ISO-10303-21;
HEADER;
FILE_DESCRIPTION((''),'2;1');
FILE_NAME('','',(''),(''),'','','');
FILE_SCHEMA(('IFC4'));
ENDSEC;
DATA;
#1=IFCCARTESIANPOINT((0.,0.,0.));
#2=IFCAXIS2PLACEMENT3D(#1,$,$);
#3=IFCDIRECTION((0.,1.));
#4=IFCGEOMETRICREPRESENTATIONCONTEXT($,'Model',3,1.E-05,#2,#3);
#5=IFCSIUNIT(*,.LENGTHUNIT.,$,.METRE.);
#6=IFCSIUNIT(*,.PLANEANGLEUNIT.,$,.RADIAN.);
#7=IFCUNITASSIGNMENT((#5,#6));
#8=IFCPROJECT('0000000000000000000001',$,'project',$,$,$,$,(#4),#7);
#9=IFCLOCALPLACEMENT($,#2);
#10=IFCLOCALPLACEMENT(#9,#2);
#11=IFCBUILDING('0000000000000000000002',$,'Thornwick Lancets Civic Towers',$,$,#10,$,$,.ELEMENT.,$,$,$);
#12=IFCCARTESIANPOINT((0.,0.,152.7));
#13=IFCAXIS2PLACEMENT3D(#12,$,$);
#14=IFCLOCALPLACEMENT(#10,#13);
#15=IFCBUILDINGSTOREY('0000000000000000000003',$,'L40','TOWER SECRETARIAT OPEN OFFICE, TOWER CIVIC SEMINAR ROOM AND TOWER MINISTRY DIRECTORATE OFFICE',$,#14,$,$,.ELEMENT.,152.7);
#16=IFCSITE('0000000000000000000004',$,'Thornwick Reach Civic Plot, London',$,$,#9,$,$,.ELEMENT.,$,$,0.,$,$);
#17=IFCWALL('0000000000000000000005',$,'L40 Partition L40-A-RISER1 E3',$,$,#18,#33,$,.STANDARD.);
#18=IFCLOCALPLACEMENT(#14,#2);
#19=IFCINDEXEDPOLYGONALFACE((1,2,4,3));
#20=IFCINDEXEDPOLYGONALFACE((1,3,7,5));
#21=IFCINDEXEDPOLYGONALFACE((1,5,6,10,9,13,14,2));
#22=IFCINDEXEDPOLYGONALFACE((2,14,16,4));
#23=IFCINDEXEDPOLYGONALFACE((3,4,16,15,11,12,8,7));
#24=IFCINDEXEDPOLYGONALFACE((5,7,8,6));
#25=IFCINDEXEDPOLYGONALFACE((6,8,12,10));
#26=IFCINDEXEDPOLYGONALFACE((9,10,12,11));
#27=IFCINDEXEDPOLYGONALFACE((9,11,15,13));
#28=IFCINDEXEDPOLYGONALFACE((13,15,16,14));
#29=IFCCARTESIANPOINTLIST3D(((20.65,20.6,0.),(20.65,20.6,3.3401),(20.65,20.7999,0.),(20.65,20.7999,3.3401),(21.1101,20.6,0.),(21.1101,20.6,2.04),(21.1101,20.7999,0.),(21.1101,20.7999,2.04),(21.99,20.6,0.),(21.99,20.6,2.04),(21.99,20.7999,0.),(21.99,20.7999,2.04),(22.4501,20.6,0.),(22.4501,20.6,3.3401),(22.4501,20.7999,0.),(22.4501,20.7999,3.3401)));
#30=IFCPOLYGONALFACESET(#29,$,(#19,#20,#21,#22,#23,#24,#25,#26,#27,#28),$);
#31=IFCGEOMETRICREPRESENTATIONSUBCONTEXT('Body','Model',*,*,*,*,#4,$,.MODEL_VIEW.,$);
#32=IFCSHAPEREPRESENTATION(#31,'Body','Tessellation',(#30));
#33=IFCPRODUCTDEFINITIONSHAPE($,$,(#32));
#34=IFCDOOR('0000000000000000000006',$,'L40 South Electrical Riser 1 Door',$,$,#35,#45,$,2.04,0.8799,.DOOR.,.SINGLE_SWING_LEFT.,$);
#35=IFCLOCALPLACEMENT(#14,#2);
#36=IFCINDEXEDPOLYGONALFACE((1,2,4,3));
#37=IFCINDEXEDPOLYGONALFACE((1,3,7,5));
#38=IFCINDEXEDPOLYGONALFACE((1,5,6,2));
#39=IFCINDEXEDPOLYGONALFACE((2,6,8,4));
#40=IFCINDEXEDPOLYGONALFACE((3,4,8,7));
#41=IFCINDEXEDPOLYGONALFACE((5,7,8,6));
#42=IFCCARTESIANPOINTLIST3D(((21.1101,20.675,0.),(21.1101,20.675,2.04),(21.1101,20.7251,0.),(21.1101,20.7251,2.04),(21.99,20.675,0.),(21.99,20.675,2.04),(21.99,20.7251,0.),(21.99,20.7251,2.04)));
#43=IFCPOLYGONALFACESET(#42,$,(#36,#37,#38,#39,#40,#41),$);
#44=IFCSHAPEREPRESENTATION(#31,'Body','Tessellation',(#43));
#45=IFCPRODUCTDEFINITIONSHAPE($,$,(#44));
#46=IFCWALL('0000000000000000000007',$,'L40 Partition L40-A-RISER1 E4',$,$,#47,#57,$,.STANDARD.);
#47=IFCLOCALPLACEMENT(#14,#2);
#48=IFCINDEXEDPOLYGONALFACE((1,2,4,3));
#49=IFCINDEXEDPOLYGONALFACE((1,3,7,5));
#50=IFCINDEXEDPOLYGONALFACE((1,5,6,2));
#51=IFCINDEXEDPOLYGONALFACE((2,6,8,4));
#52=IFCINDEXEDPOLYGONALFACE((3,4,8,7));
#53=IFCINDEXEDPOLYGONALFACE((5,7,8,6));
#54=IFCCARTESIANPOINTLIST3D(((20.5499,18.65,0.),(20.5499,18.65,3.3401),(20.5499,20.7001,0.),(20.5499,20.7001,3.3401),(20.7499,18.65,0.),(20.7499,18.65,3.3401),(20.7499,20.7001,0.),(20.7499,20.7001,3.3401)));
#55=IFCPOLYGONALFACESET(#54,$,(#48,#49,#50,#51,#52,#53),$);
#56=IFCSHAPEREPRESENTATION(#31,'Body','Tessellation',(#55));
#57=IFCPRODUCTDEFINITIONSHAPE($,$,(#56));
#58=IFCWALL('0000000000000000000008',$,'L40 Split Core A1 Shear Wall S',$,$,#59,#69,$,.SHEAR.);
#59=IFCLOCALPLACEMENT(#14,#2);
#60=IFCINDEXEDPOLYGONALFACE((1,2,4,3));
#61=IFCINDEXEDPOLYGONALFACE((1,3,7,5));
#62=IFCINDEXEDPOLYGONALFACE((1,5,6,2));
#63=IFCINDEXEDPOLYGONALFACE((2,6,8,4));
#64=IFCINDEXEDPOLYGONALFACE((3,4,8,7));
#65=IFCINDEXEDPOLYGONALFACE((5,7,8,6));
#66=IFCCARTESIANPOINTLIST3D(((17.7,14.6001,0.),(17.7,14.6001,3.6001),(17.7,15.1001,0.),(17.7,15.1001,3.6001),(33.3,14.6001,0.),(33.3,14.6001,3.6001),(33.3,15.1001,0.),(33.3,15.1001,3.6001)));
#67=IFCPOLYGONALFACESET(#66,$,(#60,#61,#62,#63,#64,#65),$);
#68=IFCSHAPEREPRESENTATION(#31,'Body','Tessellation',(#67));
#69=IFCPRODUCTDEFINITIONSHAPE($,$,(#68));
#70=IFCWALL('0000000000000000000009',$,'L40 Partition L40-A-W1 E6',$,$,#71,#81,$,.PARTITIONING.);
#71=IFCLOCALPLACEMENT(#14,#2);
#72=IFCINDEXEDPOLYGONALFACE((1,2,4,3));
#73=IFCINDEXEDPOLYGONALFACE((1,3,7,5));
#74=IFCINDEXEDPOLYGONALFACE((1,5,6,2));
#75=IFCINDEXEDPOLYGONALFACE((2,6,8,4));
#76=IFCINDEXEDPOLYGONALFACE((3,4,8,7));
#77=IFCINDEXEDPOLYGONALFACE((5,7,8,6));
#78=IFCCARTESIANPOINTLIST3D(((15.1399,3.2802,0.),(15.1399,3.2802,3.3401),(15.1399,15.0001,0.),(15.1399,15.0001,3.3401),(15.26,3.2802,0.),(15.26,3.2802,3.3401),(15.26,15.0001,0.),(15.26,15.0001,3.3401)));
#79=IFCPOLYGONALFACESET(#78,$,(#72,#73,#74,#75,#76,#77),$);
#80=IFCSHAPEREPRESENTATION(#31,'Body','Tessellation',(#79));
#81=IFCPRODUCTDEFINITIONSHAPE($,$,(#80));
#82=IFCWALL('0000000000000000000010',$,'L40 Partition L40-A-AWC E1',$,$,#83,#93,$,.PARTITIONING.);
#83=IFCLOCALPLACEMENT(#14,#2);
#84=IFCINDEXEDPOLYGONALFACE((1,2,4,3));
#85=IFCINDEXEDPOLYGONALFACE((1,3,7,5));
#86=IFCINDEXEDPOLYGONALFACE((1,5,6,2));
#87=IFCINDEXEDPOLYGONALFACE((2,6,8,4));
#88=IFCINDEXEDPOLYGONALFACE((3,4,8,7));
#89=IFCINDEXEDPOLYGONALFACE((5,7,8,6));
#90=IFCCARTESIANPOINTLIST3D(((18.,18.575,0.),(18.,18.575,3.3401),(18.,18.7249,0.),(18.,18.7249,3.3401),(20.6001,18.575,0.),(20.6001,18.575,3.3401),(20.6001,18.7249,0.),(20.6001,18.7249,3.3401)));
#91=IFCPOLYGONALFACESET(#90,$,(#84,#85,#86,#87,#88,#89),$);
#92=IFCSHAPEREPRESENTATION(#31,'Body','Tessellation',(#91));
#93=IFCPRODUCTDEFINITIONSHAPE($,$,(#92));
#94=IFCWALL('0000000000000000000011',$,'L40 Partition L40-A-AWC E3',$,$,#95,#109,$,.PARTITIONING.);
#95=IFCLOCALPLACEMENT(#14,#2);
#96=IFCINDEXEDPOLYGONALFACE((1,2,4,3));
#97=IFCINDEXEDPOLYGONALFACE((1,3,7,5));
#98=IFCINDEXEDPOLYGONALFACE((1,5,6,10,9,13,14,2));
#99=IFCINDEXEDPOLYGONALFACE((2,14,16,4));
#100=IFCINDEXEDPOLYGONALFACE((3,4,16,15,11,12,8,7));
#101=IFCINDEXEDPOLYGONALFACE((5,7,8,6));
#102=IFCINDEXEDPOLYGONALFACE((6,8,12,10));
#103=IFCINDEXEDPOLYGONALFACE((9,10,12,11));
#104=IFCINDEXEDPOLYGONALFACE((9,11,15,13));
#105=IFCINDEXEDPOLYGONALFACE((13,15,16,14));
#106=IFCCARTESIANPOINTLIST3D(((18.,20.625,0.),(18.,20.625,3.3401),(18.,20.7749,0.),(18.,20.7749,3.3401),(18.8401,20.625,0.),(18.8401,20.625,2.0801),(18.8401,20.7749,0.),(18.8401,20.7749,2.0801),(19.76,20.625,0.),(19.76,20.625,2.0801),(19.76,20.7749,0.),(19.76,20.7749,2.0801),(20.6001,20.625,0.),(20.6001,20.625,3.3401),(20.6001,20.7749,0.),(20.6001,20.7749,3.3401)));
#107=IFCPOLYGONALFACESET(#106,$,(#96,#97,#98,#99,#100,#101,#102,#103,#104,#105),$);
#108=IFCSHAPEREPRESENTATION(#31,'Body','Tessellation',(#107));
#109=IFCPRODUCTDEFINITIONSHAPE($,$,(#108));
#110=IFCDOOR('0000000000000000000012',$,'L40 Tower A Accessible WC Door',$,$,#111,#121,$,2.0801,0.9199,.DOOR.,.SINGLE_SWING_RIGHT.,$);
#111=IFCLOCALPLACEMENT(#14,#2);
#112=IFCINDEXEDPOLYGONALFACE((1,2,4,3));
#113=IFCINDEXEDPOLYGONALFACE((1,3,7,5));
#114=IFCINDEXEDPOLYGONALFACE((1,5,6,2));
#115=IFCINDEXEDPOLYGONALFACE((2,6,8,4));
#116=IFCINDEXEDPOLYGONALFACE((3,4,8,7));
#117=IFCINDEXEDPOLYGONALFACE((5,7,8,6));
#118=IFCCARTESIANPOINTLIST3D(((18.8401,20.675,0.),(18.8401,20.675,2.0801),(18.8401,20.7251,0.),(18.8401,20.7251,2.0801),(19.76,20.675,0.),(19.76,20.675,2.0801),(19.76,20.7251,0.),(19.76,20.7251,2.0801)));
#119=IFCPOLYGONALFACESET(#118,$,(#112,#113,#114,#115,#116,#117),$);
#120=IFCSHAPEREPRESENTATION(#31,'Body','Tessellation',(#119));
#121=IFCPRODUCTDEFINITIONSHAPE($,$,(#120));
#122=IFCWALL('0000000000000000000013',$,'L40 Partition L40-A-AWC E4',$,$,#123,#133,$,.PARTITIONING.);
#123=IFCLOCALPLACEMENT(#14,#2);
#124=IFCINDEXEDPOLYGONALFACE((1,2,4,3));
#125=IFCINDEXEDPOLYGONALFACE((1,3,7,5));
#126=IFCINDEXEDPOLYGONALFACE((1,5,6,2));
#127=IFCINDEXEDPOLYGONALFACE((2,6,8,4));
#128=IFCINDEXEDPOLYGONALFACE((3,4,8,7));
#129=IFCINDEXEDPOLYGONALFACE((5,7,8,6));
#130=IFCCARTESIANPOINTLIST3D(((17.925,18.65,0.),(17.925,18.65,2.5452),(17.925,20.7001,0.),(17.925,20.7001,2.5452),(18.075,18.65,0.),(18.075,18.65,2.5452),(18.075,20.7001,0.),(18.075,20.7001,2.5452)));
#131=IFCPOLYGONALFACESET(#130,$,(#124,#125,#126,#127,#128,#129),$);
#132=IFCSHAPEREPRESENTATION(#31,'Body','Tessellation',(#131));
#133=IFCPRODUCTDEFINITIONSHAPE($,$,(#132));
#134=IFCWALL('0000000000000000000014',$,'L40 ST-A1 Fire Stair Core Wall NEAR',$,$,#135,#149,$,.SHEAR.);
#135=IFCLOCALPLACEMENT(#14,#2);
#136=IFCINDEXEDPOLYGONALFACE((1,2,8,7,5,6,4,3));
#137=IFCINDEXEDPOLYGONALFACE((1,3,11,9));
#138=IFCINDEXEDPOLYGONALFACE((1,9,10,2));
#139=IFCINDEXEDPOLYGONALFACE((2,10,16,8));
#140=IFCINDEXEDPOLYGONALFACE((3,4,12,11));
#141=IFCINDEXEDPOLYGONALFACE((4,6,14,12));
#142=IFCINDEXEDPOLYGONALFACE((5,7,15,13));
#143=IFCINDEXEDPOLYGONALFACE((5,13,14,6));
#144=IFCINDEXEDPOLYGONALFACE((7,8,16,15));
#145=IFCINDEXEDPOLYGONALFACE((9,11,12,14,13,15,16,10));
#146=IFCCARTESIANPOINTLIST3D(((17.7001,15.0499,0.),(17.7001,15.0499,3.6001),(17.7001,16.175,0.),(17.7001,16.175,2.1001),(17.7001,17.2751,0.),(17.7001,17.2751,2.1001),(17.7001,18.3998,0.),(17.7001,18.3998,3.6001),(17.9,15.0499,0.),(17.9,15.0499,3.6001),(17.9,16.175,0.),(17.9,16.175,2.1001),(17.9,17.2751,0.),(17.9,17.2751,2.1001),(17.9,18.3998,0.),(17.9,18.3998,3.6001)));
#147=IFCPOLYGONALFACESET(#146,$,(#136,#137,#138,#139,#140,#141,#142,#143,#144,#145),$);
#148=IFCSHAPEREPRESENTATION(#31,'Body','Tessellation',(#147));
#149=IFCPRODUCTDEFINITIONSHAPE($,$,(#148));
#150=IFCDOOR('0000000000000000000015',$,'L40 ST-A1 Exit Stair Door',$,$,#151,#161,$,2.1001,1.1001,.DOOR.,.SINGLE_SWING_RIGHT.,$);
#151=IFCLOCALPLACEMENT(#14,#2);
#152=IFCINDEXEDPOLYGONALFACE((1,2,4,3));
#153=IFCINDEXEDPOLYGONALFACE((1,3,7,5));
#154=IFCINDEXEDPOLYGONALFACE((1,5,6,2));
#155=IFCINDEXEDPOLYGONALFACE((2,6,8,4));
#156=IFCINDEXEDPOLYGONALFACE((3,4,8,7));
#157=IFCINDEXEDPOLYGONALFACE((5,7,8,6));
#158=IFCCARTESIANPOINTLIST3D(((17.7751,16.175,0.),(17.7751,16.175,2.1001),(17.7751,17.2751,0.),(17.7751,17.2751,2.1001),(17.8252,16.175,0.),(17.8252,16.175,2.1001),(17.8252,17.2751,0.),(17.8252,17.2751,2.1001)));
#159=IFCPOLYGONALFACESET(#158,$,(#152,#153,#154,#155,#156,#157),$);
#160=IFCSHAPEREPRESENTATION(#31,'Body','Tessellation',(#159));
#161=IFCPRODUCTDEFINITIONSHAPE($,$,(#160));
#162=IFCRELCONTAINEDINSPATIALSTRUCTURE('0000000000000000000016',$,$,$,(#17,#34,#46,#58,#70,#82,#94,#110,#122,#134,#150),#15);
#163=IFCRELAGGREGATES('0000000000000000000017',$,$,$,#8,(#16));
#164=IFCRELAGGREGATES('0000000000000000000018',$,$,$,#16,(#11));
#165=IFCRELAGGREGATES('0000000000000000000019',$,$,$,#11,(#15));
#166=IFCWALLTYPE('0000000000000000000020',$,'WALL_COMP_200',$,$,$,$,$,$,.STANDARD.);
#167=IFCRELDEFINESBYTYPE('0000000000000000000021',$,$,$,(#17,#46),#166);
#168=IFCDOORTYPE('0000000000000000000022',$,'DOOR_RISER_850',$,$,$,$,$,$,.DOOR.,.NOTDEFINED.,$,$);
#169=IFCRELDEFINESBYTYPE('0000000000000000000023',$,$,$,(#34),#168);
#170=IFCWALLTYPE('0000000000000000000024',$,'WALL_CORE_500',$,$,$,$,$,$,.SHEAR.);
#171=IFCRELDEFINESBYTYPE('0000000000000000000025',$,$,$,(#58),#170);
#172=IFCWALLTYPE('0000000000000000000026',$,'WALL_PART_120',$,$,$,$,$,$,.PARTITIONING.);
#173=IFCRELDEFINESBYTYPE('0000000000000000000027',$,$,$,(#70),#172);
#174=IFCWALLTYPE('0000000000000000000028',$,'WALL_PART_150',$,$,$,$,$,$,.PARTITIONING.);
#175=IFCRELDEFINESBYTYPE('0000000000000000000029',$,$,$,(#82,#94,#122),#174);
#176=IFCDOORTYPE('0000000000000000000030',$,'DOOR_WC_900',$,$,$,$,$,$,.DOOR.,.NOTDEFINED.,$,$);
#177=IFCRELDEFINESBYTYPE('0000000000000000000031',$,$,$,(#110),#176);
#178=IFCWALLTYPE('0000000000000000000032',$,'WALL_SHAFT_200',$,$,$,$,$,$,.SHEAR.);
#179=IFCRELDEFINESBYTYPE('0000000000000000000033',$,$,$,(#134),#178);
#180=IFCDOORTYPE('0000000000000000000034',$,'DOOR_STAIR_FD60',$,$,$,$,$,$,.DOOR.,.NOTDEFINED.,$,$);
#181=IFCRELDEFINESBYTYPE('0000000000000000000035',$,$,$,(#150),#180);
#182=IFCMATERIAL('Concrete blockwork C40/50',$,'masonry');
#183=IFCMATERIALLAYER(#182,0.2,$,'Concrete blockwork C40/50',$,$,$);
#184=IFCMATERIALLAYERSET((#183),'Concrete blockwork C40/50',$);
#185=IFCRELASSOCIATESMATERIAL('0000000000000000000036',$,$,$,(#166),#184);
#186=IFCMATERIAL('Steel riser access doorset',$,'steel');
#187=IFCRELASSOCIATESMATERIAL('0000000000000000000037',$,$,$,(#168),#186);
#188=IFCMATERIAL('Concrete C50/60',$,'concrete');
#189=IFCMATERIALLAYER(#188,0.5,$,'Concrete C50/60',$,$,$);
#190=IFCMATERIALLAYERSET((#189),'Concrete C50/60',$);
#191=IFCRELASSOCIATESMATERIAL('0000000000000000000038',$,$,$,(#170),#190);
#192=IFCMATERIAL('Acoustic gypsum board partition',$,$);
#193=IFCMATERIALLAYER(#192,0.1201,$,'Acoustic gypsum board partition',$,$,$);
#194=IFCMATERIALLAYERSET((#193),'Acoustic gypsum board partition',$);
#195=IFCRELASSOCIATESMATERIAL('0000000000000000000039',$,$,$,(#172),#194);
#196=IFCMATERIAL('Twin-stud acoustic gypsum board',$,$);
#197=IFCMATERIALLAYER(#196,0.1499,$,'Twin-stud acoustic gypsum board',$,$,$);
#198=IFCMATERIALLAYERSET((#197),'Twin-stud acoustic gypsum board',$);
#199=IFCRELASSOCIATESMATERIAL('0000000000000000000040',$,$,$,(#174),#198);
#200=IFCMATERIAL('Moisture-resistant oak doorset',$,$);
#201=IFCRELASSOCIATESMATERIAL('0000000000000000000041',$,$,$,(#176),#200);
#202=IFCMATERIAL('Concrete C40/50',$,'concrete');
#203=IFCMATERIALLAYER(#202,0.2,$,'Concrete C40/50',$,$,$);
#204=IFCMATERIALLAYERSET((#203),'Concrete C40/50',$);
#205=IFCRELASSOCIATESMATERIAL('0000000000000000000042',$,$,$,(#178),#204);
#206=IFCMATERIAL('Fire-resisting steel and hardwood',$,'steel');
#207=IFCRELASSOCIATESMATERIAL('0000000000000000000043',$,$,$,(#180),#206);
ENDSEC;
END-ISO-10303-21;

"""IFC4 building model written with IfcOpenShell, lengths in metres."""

from ifc_helpers import new_model, si_unit, direction, frame, frame_2d, origin, place, context, subcontext, project, spatial, rectangle, extrude, material, layer, layer_set, type_object, element, fill, save


model = new_model("IFC4")

# Units and contexts
model_context = context("Model", 3, precision=1e-05, world=origin(), true_north=direction((0.0, 1.0)))
body_context = subcontext(model_context, "Body", "Model", "MODEL_VIEW")
ifc_project = project(units=[si_unit("LENGTHUNIT", "METRE"), si_unit("PLANEANGLEUNIT", "RADIAN")], contexts=[model_context])

# Site, building, storey
site_placement = place(None, origin())
site = spatial("IfcSite", under=ifc_project, at=site_placement, Name="Thornwick Reach Civic Plot, London", CompositionType="ELEMENT", RefElevation=0.0)
building_placement = place(site_placement, origin())
building = spatial("IfcBuilding", under=site, at=building_placement, Name="Thornwick Lancets Civic Towers", CompositionType="ELEMENT")
storey_placement = place(building_placement, frame((0.0, 0.0, 152.7)))
storey = spatial("IfcBuildingStorey", under=building, at=storey_placement, Name="L40", Description="TOWER SECRETARIAT OPEN OFFICE, TOWER CIVIC SEMINAR ROOM AND TOWER MINISTRY DIRECTORATE OFFICE", CompositionType="ELEMENT", Elevation=152.7)

# Shared definitions
ifc_material_1 = material(Name="Concrete C50/60", Category="concrete")

# Shared definitions
ifc_material_2 = material(Name="Concrete C40/50", Category="concrete")

# Shared definitions
ifc_material_3 = material(Name="Concrete blockwork C40/50", Category="masonry")
ifc_layer_1 = layer(ifc_material_3, 0.2, Name="Concrete blockwork C40/50")
ifc_layer_set_1 = layer_set([ifc_layer_1], Name="Concrete blockwork C40/50")
wall_type_1 = type_object("IfcWallType", Name="WALL_COMP_200", PredefinedType="STANDARD", material=ifc_layer_set_1)

# Wall, opening, door
wall_1_placement = place(storey_placement, frame((22.45, 20.7, 0.0), z_axis=(0.0, 0.0, 1.0), x_axis=(-1.0, 0.0, 0.0)))
wall_1 = element("IfcWall", 1, at=wall_1_placement, inside=storey, type_object=wall_type_1, Name="L40 Partition L40-A-RISER1 E3", PredefinedType="STANDARD", context=body_context, shape_type="SweptSolid", body=[
    extrude(rectangle(XDim=1.8, YDim=0.2, at=frame_2d((0.8999, 0.0))), origin(), (0.0, 0.0, 1.0), 3.3401),
])
opening_1_placement = place(wall_1_placement, frame((0.46, 0.0, 0.0)))
opening_1 = element("IfcOpeningElement", 2, at=opening_1_placement, cuts=wall_1, PredefinedType="OPENING", context=body_context, shape_type="SweptSolid", body=[
    extrude(rectangle(XDim=0.8799, YDim=2.04, at=frame_2d((0.4399, 1.02))), frame((0.0, 0.1099, 0.0), z_axis=(0.0, -1.0, 0.0), x_axis=(1.0, 0.0, 0.0)), (0.0, 0.0, 1.0), 0.22),
])
ifc_material_4 = material(Name="Steel riser access doorset", Category="steel")
door_type_1 = type_object("IfcDoorType", Name="DOOR_RISER_850", OperationType="NOTDEFINED", PredefinedType="DOOR", material=ifc_material_4)
door_1_placement = place(opening_1_placement, origin())
door_1 = element("IfcDoor", 3, at=door_1_placement, inside=storey, type_object=door_type_1, Name="L40 South Electrical Riser 1 Door", OperationType="SINGLE_SWING_LEFT", OverallHeight=2.04, OverallWidth=0.8799, PredefinedType="DOOR", context=body_context, shape_type="SweptSolid", body=[
    extrude(rectangle(XDim=0.8799, YDim=2.04, at=frame_2d((0.4399, 1.02))), frame((0.0, 0.0249, 0.0), z_axis=(0.0, -1.0, 0.0), x_axis=(1.0, 0.0, 0.0)), (0.0, 0.0, 1.0), 0.05),
])
fill(opening_1, door_1)

# Walls
wall_2_placement = place(storey_placement, frame((20.6499, 20.7, 0.0), z_axis=(0.0, 0.0, 1.0), x_axis=(0.0, -1.0, 0.0)))
element("IfcWall", 4, at=wall_2_placement, inside=storey, type_object=wall_type_1, Name="L40 Partition L40-A-RISER1 E4", PredefinedType="STANDARD", context=body_context, shape_type="SweptSolid", body=[
    extrude(rectangle(XDim=2.05, YDim=0.2, at=frame_2d((1.0249, 0.0))), origin(), (0.0, 0.0, 1.0), 3.3401),
])
ifc_layer_2 = layer(ifc_material_1, 0.5, Name="Concrete C50/60")
ifc_layer_set_2 = layer_set([ifc_layer_2], Name="Concrete C50/60")
wall_type_2 = type_object("IfcWallType", Name="WALL_CORE_500", PredefinedType="SHEAR", material=ifc_layer_set_2)
wall_3_placement = place(storey_placement, frame((17.7, 14.8501, 0.0), z_axis=(0.0, 0.0, 1.0), x_axis=(1.0, 0.0, 0.0)))
element("IfcWall", 5, at=wall_3_placement, inside=storey, type_object=wall_type_2, Name="L40 Split Core A1 Shear Wall S", PredefinedType="SHEAR", context=body_context, shape_type="SweptSolid", body=[
    extrude(rectangle(XDim=15.6001, YDim=0.5, at=frame_2d((7.8, 0.0))), origin(), (0.0, 0.0, 1.0), 3.6001),
])
ifc_material_5 = material(Name="Acoustic gypsum board partition")
ifc_layer_3 = layer(ifc_material_5, 0.1201, Name="Acoustic gypsum board partition")
ifc_layer_set_3 = layer_set([ifc_layer_3], Name="Acoustic gypsum board partition")
wall_type_3 = type_object("IfcWallType", Name="WALL_PART_120", PredefinedType="PARTITIONING", material=ifc_layer_set_3)
wall_4_placement = place(storey_placement, frame((15.2, 15.0, 0.0), z_axis=(0.0, 0.0, 1.0), x_axis=(0.0, -1.0, 0.0)))
element("IfcWall", 6, at=wall_4_placement, inside=storey, type_object=wall_type_3, Name="L40 Partition L40-A-W1 E6", PredefinedType="PARTITIONING", context=body_context, shape_type="SweptSolid", body=[
    extrude(rectangle(XDim=11.72, YDim=0.1201, at=frame_2d((5.8599, 0.0))), origin(), (0.0, 0.0, 1.0), 3.3401),
])
ifc_material_6 = material(Name="Twin-stud acoustic gypsum board")
ifc_layer_4 = layer(ifc_material_6, 0.1499, Name="Twin-stud acoustic gypsum board")
ifc_layer_set_4 = layer_set([ifc_layer_4], Name="Twin-stud acoustic gypsum board")
wall_type_4 = type_object("IfcWallType", Name="WALL_PART_150", PredefinedType="PARTITIONING", material=ifc_layer_set_4)
wall_5_placement = place(storey_placement, frame((18.0, 18.6499, 0.0), z_axis=(0.0, 0.0, 1.0), x_axis=(1.0, 0.0, 0.0)))
element("IfcWall", 7, at=wall_5_placement, inside=storey, type_object=wall_type_4, Name="L40 Partition L40-A-AWC E1", PredefinedType="PARTITIONING", context=body_context, shape_type="SweptSolid", body=[
    extrude(rectangle(XDim=2.6001, YDim=0.1499, at=frame_2d((1.3, 0.0))), origin(), (0.0, 0.0, 1.0), 3.3401),
])

# Wall, opening, door
wall_6_placement = place(storey_placement, frame((20.6001, 20.7, 0.0), z_axis=(0.0, 0.0, 1.0), x_axis=(-1.0, 0.0, 0.0)))
wall_6 = element("IfcWall", 8, at=wall_6_placement, inside=storey, type_object=wall_type_4, Name="L40 Partition L40-A-AWC E3", PredefinedType="PARTITIONING", context=body_context, shape_type="SweptSolid", body=[
    extrude(rectangle(XDim=2.6001, YDim=0.1499, at=frame_2d((1.3, 0.0))), origin(), (0.0, 0.0, 1.0), 3.3401),
])
opening_2_placement = place(wall_6_placement, frame((0.8401, 0.0, 0.0)))
opening_2 = element("IfcOpeningElement", 9, at=opening_2_placement, cuts=wall_6, PredefinedType="OPENING", context=body_context, shape_type="SweptSolid", body=[
    extrude(rectangle(XDim=0.9199, YDim=2.0801, at=frame_2d((0.46, 1.04))), frame((0.0, 0.085, 0.0), z_axis=(0.0, -1.0, 0.0), x_axis=(1.0, 0.0, 0.0)), (0.0, 0.0, 1.0), 0.1699),
])
ifc_material_7 = material(Name="Moisture-resistant oak doorset")
door_type_2 = type_object("IfcDoorType", Name="DOOR_WC_900", OperationType="NOTDEFINED", PredefinedType="DOOR", material=ifc_material_7)
door_2_placement = place(opening_2_placement, origin())
door_2 = element("IfcDoor", 10, at=door_2_placement, inside=storey, type_object=door_type_2, Name="L40 Tower A Accessible WC Door", OperationType="SINGLE_SWING_RIGHT", OverallHeight=2.0801, OverallWidth=0.9199, PredefinedType="DOOR", context=body_context, shape_type="SweptSolid", body=[
    extrude(rectangle(XDim=0.9199, YDim=2.0801, at=frame_2d((0.46, 1.04))), frame((0.0, 0.0249, 0.0), z_axis=(0.0, -1.0, 0.0), x_axis=(1.0, 0.0, 0.0)), (0.0, 0.0, 1.0), 0.05),
])
fill(opening_2, door_2)

# Wall
wall_7_placement = place(storey_placement, frame((18.0, 20.7, 0.0), z_axis=(0.0, 0.0, 1.0), x_axis=(0.0, -1.0, 0.0)))
element("IfcWall", 11, at=wall_7_placement, inside=storey, type_object=wall_type_4, Name="L40 Partition L40-A-AWC E4", PredefinedType="PARTITIONING", context=body_context, shape_type="SweptSolid", body=[
    extrude(rectangle(XDim=2.05, YDim=0.1499, at=frame_2d((1.0249, 0.0))), origin(), (0.0, 0.0, 1.0), 2.5452),
])

# Wall, opening, door
ifc_layer_5 = layer(ifc_material_2, 0.2, Name="Concrete C40/50")
ifc_layer_set_5 = layer_set([ifc_layer_5], Name="Concrete C40/50")
wall_type_5 = type_object("IfcWallType", Name="WALL_SHAFT_200", PredefinedType="SHEAR", material=ifc_layer_set_5)
wall_8_placement = place(storey_placement, frame((17.8, 15.05, 0.0), z_axis=(0.0, 0.0, 1.0), x_axis=(0.0, 1.0, 0.0)))
wall_8 = element("IfcWall", 12, at=wall_8_placement, inside=storey, type_object=wall_type_5, Name="L40 ST-A1 Fire Stair Core Wall NEAR", PredefinedType="SHEAR", context=body_context, shape_type="SweptSolid", body=[
    extrude(rectangle(XDim=3.3499, YDim=0.2, at=frame_2d((1.6748, 0.0))), origin(), (0.0, 0.0, 1.0), 3.6001),
])
opening_3_placement = place(wall_8_placement, frame((1.125, 0.0, 0.0)))
opening_3 = element("IfcOpeningElement", 13, at=opening_3_placement, cuts=wall_8, PredefinedType="OPENING", context=body_context, shape_type="SweptSolid", body=[
    extrude(rectangle(XDim=1.1001, YDim=2.1001, at=frame_2d((0.55, 1.05))), frame((0.0, 0.1099, 0.0), z_axis=(0.0, -1.0, 0.0), x_axis=(1.0, 0.0, 0.0)), (0.0, 0.0, 1.0), 0.22),
])
ifc_material_8 = material(Name="Fire-resisting steel and hardwood", Category="steel")
door_type_3 = type_object("IfcDoorType", Name="DOOR_STAIR_FD60", OperationType="NOTDEFINED", PredefinedType="DOOR", material=ifc_material_8)
door_3_placement = place(opening_3_placement, origin())
door_3 = element("IfcDoor", 14, at=door_3_placement, inside=storey, type_object=door_type_3, Name="L40 ST-A1 Exit Stair Door", OperationType="SINGLE_SWING_RIGHT", OverallHeight=2.1001, OverallWidth=1.1001, PredefinedType="DOOR", context=body_context, shape_type="SweptSolid", body=[
    extrude(rectangle(XDim=1.1001, YDim=2.1001, at=frame_2d((0.55, 1.05))), frame((0.0, 0.0249, 0.0), z_axis=(0.0, -1.0, 0.0), x_axis=(1.0, 0.0, 0.0)), (0.0, 0.0, 1.0), 0.05),
])
fill(opening_3, door_3)

save(model, "model.ifc")
